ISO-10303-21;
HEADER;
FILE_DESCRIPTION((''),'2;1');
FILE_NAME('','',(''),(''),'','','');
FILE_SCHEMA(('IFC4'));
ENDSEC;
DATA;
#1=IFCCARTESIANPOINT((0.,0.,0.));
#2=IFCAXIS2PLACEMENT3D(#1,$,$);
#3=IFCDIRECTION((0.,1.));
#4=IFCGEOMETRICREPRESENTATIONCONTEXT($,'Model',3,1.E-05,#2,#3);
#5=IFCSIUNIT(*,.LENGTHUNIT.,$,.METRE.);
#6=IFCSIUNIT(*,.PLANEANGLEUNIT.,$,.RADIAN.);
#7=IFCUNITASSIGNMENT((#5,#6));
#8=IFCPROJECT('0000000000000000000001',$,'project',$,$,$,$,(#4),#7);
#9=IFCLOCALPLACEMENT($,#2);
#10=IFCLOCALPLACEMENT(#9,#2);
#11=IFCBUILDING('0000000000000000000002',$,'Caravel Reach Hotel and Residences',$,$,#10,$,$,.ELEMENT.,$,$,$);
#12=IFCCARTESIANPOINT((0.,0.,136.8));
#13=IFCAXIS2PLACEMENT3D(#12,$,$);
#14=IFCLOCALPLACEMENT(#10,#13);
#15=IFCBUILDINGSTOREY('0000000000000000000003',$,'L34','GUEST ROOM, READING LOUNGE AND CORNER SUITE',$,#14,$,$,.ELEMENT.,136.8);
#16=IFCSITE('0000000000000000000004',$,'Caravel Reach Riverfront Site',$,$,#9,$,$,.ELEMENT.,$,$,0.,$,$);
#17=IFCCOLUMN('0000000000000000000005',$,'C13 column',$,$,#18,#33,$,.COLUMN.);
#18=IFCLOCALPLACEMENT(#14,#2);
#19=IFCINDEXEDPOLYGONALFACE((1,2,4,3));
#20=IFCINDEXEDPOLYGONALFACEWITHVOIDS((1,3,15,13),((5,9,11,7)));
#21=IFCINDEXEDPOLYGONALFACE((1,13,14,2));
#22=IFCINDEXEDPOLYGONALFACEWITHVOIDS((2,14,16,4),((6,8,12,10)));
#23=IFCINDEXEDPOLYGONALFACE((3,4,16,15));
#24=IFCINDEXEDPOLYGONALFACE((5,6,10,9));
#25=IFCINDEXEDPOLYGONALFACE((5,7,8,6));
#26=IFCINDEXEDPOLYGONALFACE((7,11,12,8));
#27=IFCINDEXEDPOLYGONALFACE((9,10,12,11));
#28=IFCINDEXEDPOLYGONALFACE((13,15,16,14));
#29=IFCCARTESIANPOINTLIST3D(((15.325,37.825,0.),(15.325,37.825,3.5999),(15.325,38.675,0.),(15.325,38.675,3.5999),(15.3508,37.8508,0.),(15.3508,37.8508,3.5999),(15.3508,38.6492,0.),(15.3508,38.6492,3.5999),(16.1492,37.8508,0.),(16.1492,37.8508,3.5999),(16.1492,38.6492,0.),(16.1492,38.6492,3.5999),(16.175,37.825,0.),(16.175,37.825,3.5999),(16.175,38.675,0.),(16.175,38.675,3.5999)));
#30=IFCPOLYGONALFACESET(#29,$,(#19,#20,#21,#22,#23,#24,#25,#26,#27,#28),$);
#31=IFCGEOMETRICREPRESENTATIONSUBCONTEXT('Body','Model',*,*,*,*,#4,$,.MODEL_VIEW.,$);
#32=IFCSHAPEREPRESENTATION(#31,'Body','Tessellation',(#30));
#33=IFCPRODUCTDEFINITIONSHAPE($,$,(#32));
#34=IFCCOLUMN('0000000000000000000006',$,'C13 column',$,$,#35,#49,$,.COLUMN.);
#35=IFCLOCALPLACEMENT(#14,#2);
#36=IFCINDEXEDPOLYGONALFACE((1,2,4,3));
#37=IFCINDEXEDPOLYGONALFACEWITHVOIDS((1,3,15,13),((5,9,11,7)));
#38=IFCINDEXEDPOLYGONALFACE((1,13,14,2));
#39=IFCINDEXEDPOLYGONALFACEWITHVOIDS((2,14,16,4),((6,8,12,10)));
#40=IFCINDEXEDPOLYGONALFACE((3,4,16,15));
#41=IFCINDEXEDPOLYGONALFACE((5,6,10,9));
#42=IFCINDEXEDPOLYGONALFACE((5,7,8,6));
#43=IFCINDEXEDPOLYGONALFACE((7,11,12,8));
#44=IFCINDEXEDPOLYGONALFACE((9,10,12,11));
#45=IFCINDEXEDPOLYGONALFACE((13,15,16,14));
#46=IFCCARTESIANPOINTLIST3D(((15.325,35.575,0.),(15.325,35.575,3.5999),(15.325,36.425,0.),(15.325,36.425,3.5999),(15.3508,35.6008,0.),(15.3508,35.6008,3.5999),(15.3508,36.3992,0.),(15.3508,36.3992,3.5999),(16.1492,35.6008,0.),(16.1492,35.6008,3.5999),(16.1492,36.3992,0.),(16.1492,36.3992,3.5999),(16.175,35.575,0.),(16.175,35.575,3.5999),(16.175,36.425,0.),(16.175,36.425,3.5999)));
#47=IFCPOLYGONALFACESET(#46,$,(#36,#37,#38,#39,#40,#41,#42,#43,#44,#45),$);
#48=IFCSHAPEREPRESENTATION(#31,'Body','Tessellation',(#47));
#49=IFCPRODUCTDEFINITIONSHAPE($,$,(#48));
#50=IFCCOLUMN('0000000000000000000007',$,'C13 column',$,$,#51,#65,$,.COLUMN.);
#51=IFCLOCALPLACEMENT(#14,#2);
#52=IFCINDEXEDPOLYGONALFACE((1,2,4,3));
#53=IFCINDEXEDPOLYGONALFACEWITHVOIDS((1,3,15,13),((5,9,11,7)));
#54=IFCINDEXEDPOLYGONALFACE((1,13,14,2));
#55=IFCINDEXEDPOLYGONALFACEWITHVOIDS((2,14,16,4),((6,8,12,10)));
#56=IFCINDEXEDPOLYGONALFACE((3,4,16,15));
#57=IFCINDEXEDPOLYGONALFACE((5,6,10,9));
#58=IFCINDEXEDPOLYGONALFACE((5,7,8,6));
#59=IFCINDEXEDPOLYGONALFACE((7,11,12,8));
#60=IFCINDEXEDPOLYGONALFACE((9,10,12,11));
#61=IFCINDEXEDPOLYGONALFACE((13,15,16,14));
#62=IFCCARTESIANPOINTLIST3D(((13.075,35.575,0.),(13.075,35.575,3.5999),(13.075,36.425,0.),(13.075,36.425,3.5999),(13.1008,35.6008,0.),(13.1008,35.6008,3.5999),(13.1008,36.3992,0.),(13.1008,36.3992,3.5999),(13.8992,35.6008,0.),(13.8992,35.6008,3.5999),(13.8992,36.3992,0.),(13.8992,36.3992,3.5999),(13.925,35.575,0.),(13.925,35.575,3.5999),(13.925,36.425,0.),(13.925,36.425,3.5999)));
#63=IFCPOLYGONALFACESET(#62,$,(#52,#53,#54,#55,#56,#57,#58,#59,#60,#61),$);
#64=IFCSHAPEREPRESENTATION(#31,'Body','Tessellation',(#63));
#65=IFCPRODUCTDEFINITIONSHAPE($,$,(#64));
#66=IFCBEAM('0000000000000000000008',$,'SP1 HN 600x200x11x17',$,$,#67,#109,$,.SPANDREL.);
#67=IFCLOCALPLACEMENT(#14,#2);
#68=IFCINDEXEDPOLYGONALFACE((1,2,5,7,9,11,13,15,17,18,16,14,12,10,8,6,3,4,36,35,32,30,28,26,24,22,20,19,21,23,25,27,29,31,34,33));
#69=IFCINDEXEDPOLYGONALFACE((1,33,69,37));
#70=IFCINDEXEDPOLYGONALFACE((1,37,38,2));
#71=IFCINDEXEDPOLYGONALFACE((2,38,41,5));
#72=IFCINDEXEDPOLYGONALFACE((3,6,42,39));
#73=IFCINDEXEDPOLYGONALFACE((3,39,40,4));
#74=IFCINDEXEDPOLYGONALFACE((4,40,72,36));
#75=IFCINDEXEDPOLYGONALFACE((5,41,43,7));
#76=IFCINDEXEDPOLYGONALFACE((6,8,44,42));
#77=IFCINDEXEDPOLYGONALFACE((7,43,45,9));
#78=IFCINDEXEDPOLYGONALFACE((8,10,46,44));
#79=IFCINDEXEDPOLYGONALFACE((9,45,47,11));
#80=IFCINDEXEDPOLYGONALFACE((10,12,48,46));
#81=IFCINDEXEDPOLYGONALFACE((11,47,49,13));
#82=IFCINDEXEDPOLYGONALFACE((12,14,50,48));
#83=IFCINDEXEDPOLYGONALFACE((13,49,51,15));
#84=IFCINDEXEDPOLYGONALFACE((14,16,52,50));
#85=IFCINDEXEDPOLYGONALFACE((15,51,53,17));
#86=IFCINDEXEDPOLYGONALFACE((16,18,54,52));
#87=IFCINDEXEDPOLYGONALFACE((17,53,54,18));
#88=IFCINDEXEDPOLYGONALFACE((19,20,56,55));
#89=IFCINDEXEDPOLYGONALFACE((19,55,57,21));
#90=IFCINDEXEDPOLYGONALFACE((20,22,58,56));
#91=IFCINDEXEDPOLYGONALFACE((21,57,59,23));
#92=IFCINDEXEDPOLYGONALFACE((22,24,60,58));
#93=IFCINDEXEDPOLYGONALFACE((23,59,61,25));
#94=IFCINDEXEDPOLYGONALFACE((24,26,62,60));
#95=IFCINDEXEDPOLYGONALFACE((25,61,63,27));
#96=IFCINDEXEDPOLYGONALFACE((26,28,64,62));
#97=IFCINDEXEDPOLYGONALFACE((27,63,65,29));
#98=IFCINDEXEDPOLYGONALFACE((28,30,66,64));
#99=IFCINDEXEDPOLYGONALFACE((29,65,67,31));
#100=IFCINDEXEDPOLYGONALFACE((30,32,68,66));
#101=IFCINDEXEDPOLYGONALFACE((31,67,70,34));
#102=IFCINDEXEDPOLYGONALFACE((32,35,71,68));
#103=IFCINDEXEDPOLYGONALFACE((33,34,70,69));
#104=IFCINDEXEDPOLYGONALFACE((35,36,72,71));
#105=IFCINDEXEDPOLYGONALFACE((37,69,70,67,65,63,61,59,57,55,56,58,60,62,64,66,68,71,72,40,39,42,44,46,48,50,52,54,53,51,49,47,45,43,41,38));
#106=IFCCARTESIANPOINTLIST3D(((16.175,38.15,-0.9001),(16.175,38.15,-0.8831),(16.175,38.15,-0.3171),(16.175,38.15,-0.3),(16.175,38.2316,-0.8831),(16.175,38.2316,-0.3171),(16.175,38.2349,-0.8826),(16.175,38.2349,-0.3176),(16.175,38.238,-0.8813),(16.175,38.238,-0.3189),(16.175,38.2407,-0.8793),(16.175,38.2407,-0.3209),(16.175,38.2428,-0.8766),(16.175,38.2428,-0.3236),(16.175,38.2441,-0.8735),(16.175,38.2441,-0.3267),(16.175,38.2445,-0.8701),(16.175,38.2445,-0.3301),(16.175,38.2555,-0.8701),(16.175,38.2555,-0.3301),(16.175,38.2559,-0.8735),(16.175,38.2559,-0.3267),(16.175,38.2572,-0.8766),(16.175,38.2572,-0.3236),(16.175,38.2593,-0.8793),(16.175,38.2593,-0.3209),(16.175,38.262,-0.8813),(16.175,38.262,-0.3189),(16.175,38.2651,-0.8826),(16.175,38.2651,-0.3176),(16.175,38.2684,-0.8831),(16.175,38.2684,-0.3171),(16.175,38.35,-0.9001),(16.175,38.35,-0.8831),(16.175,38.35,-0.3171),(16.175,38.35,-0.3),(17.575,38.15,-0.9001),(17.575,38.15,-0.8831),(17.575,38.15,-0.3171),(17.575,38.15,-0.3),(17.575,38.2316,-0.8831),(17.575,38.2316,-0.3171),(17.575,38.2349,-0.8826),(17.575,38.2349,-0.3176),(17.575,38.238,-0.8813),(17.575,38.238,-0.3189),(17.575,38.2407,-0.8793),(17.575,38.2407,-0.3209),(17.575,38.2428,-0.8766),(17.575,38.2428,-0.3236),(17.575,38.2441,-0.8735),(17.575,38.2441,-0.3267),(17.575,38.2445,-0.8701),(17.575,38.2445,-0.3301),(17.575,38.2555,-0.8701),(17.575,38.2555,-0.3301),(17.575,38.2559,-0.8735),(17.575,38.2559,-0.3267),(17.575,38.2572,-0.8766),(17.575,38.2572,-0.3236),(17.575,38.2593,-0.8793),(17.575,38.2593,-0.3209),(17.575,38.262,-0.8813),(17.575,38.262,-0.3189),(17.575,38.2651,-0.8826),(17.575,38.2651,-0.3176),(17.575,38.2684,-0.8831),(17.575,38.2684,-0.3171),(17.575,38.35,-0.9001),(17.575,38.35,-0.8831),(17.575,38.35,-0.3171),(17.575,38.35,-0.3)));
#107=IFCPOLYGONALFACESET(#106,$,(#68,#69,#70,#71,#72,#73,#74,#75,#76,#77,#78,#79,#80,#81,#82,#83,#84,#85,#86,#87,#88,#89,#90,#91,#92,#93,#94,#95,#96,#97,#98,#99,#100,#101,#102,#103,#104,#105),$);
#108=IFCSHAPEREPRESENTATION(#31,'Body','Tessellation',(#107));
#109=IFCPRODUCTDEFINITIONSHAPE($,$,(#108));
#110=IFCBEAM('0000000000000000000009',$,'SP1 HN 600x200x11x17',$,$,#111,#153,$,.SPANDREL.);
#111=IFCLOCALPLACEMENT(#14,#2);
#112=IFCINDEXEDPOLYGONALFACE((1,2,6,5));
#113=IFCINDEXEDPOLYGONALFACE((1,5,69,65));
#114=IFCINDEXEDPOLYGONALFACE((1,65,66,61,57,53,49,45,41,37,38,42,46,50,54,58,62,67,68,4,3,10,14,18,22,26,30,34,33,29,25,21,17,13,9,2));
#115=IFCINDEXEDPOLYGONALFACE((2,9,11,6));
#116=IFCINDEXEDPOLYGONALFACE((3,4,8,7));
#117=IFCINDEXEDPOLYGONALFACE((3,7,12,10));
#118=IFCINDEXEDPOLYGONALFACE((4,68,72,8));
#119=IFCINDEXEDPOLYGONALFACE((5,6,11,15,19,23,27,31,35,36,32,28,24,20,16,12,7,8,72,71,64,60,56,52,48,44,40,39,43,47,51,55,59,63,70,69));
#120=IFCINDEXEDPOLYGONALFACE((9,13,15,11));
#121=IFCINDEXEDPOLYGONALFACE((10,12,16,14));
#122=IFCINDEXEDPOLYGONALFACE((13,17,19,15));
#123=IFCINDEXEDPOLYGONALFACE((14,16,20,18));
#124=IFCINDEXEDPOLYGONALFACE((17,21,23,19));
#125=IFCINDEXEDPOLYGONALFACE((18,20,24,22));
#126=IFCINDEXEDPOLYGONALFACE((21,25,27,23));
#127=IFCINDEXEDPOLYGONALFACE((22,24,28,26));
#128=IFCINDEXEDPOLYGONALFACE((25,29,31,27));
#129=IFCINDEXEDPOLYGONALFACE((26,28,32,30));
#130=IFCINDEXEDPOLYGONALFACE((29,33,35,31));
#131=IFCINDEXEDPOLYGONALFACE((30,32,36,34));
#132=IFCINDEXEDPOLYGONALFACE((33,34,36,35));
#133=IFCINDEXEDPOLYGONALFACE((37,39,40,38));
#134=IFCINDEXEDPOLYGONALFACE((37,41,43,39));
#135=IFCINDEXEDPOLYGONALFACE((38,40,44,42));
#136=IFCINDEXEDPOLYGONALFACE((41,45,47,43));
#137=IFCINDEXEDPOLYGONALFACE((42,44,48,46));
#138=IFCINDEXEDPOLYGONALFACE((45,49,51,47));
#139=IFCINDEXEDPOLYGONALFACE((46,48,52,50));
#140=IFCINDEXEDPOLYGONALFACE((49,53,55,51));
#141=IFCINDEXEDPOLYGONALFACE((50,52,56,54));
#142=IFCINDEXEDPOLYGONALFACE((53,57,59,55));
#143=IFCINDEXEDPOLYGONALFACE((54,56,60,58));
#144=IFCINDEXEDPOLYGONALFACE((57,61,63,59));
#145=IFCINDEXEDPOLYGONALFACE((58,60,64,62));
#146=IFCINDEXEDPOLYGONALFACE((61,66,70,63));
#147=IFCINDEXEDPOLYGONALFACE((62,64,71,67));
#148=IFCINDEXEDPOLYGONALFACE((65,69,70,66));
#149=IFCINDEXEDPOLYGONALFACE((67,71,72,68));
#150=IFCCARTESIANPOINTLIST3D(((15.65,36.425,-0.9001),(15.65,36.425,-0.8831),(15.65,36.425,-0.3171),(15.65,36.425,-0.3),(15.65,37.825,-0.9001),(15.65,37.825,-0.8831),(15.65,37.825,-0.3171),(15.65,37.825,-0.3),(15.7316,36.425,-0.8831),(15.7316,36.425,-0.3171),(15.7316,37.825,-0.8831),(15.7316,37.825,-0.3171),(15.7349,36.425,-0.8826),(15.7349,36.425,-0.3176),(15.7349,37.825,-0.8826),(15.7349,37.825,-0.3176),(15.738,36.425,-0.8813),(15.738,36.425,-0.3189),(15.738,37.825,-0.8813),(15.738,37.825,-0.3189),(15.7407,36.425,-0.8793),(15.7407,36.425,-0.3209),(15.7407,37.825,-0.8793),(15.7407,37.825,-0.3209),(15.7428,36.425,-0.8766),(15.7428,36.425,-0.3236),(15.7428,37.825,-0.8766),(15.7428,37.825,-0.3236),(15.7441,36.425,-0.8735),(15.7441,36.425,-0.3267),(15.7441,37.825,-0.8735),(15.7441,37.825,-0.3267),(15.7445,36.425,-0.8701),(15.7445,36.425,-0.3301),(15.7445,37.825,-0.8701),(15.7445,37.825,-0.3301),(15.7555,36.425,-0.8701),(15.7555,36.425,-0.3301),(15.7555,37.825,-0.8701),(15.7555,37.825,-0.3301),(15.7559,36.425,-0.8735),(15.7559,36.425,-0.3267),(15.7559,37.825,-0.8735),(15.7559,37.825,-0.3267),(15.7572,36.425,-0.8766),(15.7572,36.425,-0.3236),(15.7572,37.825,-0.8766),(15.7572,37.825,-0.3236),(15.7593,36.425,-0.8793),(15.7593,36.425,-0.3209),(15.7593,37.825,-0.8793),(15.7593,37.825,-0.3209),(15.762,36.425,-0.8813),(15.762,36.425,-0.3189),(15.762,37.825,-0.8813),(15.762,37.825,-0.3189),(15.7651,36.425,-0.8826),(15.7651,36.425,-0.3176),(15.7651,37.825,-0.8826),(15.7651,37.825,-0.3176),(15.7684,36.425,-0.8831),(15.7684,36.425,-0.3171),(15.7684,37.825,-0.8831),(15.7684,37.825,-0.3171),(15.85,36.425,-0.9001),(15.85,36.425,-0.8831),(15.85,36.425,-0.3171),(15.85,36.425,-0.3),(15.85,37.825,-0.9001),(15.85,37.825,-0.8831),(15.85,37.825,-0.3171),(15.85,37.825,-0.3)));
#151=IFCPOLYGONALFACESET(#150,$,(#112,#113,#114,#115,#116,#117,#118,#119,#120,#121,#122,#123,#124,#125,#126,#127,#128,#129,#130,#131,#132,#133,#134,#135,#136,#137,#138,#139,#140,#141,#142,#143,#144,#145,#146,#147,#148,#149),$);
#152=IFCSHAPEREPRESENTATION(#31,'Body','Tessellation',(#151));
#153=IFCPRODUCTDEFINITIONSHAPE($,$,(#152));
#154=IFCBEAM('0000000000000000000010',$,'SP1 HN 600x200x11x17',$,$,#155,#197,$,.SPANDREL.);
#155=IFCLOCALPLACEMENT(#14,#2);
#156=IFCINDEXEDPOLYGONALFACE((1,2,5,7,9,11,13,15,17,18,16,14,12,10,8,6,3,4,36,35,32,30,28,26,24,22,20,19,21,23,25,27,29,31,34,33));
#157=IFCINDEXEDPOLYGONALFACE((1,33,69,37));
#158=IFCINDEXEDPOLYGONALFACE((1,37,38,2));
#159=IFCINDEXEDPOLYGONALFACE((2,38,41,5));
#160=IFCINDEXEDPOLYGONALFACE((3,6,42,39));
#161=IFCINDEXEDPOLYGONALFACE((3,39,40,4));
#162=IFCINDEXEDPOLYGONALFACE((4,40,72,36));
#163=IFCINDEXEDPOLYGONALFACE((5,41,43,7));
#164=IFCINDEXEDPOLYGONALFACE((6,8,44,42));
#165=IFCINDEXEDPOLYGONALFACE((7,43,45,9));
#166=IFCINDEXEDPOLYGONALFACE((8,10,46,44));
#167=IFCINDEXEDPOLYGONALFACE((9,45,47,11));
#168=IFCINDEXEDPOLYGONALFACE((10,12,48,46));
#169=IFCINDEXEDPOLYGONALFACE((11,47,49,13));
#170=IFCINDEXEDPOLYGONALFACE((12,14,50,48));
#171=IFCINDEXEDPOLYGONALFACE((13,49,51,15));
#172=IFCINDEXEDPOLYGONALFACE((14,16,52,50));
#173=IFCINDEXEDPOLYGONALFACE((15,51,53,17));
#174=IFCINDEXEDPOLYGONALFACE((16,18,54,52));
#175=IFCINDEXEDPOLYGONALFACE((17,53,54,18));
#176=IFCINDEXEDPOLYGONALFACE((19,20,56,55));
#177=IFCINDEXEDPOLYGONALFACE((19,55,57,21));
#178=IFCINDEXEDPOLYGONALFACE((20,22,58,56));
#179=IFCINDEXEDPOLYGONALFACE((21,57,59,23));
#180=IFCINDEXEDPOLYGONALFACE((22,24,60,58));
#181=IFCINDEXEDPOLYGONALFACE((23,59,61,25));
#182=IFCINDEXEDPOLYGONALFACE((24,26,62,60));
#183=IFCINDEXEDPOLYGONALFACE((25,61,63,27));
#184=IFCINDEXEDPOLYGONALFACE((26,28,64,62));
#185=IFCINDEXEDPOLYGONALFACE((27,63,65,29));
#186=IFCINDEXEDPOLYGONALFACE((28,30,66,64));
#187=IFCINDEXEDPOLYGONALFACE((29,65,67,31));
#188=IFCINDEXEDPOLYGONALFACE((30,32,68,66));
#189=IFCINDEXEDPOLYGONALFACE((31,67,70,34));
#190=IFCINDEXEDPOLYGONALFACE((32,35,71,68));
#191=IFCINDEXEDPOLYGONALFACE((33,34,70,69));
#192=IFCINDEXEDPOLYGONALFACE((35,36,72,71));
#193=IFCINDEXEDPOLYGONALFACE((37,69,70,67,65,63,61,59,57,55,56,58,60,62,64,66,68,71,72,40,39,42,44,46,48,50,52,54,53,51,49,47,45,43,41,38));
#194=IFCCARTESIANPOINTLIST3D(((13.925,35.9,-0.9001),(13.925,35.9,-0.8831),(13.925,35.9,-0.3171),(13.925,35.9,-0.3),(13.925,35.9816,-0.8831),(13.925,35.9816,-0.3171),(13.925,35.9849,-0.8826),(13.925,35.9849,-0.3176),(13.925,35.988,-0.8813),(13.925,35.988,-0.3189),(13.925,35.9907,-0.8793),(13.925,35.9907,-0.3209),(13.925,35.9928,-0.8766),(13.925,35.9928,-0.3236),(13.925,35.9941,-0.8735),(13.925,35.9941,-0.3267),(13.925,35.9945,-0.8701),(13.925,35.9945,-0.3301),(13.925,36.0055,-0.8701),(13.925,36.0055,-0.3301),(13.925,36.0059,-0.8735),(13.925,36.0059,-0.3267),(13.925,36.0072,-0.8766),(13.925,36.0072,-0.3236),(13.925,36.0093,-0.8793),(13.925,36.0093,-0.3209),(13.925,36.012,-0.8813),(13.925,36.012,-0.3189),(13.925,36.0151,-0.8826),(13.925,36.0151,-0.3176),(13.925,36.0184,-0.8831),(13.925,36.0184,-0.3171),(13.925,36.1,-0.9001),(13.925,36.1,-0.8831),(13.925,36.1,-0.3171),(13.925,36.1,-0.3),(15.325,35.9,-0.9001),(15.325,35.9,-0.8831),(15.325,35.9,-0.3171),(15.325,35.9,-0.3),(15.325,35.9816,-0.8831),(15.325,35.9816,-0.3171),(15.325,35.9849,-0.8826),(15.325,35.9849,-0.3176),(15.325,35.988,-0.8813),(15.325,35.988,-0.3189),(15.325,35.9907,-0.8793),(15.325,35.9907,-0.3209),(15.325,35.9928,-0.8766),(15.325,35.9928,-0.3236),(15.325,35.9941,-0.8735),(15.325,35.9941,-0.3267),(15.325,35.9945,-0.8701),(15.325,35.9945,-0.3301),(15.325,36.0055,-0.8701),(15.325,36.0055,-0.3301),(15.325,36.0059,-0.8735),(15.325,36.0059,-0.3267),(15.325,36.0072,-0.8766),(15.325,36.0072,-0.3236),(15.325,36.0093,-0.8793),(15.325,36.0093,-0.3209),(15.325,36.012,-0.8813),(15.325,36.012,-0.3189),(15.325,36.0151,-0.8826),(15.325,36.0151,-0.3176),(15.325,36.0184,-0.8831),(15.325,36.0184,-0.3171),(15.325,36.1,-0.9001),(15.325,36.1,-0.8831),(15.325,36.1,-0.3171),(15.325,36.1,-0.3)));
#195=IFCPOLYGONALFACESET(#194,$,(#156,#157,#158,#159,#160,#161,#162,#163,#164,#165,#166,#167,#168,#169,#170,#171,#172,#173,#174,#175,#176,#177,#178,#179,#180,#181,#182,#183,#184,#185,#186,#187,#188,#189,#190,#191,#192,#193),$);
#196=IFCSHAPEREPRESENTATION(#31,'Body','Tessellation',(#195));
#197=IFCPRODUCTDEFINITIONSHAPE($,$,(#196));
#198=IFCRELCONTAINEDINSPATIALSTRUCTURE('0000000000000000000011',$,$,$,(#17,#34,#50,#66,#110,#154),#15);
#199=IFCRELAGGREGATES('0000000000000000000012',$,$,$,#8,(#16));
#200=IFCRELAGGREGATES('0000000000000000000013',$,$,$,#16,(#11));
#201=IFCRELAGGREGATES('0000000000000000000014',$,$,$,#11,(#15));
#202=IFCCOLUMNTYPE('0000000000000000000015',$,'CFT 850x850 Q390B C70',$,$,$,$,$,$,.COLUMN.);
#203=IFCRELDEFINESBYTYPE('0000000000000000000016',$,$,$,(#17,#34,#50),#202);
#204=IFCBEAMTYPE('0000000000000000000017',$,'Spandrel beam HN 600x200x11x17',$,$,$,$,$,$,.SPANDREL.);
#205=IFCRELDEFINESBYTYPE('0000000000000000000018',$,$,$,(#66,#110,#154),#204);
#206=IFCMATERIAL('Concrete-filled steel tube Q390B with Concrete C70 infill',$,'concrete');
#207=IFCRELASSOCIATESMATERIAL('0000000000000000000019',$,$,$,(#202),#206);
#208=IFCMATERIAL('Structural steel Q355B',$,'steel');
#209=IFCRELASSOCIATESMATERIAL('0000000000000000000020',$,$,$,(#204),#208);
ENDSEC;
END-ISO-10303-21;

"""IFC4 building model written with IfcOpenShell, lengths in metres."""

from ifc_helpers import new_model, si_unit, direction, frame, origin, origin_2d, place, context, subcontext, project, spatial, hollow_rectangle, i_section, extrude, material, material_profile, profile_set, type_object, element, save


model = new_model("IFC4")

# Units and contexts
model_context = context("Model", 3, precision=1e-05, world=origin(), true_north=direction((0.0, 1.0)))
body_context = subcontext(model_context, "Body", "Model", "MODEL_VIEW")
ifc_project = project(units=[si_unit("LENGTHUNIT", "METRE"), si_unit("PLANEANGLEUNIT", "RADIAN")], contexts=[model_context])

# Site, building, storey
site_placement = place(None, origin())
site = spatial("IfcSite", under=ifc_project, at=site_placement, Name="Caravel Reach Riverfront Site", CompositionType="ELEMENT", RefElevation=0.0)
building_placement = place(site_placement, origin())
building = spatial("IfcBuilding", under=site, at=building_placement, Name="Caravel Reach Hotel and Residences", CompositionType="ELEMENT")
storey_placement = place(building_placement, frame((0.0, 0.0, 136.8)))
storey = spatial("IfcBuildingStorey", under=building, at=storey_placement, Name="L34", Description="GUEST ROOM, READING LOUNGE AND CORNER SUITE", CompositionType="ELEMENT", Elevation=136.8)

# Columns
ifc_material_1 = material(Name="Concrete-filled steel tube Q390B with Concrete C70 infill", Category="concrete")
ifc_material_profile_1 = material_profile(ifc_material_1, hollow_rectangle(XDim=0.8501, YDim=0.8501, WallThickness=0.0259, at=origin_2d()), Name="RHS 850x850x26")
ifc_profile_set_1 = profile_set([ifc_material_profile_1], Name="Concrete-filled steel tube Q390B with Concrete C70 infill")
column_type = type_object("IfcColumnType", Name="CFT 850x850 Q390B C70", PredefinedType="COLUMN", material=ifc_profile_set_1)
for number, where, z_axis, x_axis, name in (
    (1, (15.75, 38.25, 0.0), (0.0, 0.0, 1.0), (1.0, 0.0, 0.0), "C13 column"),
    (2, (15.75, 36.0, 0.0), (0.0, 0.0, 1.0), (1.0, 0.0, 0.0), "C13 column"),
    (3, (13.5, 36.0, 0.0), (0.0, 0.0, 1.0), (1.0, 0.0, 0.0), "C13 column"),
):
    element("IfcColumn", number, at=place(storey_placement, frame(where, z_axis=z_axis, x_axis=x_axis)), inside=storey, type_object=column_type, Name=name, PredefinedType="COLUMN", context=body_context, shape_type="SweptSolid", body=[
        extrude(hollow_rectangle(XDim=0.8501, YDim=0.8501, WallThickness=0.0259, at=origin_2d()), origin(), (0.0, 0.0, 1.0), 3.5999),
    ])

# Beams
ifc_material_2 = material(Name="Structural steel Q355B", Category="steel")
ifc_material_profile_2 = material_profile(ifc_material_2, i_section(OverallWidth=0.2, OverallDepth=0.6001, WebThickness=0.011, FlangeThickness=0.0171, FilletRadius=0.0129, at=origin_2d()), Name="HN 600x200x11x17")
ifc_profile_set_2 = profile_set([ifc_material_profile_2], Name="Structural steel Q355B")
beam_type = type_object("IfcBeamType", Name="Spandrel beam HN 600x200x11x17", PredefinedType="SPANDREL", material=ifc_profile_set_2)
for number, where, z_axis, x_axis, name in (
    (4, (17.575, 38.25, -0.6001), (-1.0, 0.0, 0.0), (0.0, -1.0, 0.0), "SP1 HN 600x200x11x17"),
    (5, (15.75, 37.825, -0.6001), (0.0, -1.0, 0.0), (1.0, 0.0, 0.0), "SP1 HN 600x200x11x17"),
    (6, (15.325, 36.0, -0.6001), (-1.0, 0.0, 0.0), (0.0, -1.0, 0.0), "SP1 HN 600x200x11x17"),
):
    element("IfcBeam", number, at=place(storey_placement, frame(where, z_axis=z_axis, x_axis=x_axis)), inside=storey, type_object=beam_type, Name=name, PredefinedType="SPANDREL", context=body_context, shape_type="SweptSolid", body=[
        extrude(i_section(OverallWidth=0.2, OverallDepth=0.6001, WebThickness=0.011, FlangeThickness=0.0171, FilletRadius=0.0129, at=origin_2d()), origin(), (0.0, 0.0, 1.0), 1.3999),
    ])

save(model, "model.ifc")
